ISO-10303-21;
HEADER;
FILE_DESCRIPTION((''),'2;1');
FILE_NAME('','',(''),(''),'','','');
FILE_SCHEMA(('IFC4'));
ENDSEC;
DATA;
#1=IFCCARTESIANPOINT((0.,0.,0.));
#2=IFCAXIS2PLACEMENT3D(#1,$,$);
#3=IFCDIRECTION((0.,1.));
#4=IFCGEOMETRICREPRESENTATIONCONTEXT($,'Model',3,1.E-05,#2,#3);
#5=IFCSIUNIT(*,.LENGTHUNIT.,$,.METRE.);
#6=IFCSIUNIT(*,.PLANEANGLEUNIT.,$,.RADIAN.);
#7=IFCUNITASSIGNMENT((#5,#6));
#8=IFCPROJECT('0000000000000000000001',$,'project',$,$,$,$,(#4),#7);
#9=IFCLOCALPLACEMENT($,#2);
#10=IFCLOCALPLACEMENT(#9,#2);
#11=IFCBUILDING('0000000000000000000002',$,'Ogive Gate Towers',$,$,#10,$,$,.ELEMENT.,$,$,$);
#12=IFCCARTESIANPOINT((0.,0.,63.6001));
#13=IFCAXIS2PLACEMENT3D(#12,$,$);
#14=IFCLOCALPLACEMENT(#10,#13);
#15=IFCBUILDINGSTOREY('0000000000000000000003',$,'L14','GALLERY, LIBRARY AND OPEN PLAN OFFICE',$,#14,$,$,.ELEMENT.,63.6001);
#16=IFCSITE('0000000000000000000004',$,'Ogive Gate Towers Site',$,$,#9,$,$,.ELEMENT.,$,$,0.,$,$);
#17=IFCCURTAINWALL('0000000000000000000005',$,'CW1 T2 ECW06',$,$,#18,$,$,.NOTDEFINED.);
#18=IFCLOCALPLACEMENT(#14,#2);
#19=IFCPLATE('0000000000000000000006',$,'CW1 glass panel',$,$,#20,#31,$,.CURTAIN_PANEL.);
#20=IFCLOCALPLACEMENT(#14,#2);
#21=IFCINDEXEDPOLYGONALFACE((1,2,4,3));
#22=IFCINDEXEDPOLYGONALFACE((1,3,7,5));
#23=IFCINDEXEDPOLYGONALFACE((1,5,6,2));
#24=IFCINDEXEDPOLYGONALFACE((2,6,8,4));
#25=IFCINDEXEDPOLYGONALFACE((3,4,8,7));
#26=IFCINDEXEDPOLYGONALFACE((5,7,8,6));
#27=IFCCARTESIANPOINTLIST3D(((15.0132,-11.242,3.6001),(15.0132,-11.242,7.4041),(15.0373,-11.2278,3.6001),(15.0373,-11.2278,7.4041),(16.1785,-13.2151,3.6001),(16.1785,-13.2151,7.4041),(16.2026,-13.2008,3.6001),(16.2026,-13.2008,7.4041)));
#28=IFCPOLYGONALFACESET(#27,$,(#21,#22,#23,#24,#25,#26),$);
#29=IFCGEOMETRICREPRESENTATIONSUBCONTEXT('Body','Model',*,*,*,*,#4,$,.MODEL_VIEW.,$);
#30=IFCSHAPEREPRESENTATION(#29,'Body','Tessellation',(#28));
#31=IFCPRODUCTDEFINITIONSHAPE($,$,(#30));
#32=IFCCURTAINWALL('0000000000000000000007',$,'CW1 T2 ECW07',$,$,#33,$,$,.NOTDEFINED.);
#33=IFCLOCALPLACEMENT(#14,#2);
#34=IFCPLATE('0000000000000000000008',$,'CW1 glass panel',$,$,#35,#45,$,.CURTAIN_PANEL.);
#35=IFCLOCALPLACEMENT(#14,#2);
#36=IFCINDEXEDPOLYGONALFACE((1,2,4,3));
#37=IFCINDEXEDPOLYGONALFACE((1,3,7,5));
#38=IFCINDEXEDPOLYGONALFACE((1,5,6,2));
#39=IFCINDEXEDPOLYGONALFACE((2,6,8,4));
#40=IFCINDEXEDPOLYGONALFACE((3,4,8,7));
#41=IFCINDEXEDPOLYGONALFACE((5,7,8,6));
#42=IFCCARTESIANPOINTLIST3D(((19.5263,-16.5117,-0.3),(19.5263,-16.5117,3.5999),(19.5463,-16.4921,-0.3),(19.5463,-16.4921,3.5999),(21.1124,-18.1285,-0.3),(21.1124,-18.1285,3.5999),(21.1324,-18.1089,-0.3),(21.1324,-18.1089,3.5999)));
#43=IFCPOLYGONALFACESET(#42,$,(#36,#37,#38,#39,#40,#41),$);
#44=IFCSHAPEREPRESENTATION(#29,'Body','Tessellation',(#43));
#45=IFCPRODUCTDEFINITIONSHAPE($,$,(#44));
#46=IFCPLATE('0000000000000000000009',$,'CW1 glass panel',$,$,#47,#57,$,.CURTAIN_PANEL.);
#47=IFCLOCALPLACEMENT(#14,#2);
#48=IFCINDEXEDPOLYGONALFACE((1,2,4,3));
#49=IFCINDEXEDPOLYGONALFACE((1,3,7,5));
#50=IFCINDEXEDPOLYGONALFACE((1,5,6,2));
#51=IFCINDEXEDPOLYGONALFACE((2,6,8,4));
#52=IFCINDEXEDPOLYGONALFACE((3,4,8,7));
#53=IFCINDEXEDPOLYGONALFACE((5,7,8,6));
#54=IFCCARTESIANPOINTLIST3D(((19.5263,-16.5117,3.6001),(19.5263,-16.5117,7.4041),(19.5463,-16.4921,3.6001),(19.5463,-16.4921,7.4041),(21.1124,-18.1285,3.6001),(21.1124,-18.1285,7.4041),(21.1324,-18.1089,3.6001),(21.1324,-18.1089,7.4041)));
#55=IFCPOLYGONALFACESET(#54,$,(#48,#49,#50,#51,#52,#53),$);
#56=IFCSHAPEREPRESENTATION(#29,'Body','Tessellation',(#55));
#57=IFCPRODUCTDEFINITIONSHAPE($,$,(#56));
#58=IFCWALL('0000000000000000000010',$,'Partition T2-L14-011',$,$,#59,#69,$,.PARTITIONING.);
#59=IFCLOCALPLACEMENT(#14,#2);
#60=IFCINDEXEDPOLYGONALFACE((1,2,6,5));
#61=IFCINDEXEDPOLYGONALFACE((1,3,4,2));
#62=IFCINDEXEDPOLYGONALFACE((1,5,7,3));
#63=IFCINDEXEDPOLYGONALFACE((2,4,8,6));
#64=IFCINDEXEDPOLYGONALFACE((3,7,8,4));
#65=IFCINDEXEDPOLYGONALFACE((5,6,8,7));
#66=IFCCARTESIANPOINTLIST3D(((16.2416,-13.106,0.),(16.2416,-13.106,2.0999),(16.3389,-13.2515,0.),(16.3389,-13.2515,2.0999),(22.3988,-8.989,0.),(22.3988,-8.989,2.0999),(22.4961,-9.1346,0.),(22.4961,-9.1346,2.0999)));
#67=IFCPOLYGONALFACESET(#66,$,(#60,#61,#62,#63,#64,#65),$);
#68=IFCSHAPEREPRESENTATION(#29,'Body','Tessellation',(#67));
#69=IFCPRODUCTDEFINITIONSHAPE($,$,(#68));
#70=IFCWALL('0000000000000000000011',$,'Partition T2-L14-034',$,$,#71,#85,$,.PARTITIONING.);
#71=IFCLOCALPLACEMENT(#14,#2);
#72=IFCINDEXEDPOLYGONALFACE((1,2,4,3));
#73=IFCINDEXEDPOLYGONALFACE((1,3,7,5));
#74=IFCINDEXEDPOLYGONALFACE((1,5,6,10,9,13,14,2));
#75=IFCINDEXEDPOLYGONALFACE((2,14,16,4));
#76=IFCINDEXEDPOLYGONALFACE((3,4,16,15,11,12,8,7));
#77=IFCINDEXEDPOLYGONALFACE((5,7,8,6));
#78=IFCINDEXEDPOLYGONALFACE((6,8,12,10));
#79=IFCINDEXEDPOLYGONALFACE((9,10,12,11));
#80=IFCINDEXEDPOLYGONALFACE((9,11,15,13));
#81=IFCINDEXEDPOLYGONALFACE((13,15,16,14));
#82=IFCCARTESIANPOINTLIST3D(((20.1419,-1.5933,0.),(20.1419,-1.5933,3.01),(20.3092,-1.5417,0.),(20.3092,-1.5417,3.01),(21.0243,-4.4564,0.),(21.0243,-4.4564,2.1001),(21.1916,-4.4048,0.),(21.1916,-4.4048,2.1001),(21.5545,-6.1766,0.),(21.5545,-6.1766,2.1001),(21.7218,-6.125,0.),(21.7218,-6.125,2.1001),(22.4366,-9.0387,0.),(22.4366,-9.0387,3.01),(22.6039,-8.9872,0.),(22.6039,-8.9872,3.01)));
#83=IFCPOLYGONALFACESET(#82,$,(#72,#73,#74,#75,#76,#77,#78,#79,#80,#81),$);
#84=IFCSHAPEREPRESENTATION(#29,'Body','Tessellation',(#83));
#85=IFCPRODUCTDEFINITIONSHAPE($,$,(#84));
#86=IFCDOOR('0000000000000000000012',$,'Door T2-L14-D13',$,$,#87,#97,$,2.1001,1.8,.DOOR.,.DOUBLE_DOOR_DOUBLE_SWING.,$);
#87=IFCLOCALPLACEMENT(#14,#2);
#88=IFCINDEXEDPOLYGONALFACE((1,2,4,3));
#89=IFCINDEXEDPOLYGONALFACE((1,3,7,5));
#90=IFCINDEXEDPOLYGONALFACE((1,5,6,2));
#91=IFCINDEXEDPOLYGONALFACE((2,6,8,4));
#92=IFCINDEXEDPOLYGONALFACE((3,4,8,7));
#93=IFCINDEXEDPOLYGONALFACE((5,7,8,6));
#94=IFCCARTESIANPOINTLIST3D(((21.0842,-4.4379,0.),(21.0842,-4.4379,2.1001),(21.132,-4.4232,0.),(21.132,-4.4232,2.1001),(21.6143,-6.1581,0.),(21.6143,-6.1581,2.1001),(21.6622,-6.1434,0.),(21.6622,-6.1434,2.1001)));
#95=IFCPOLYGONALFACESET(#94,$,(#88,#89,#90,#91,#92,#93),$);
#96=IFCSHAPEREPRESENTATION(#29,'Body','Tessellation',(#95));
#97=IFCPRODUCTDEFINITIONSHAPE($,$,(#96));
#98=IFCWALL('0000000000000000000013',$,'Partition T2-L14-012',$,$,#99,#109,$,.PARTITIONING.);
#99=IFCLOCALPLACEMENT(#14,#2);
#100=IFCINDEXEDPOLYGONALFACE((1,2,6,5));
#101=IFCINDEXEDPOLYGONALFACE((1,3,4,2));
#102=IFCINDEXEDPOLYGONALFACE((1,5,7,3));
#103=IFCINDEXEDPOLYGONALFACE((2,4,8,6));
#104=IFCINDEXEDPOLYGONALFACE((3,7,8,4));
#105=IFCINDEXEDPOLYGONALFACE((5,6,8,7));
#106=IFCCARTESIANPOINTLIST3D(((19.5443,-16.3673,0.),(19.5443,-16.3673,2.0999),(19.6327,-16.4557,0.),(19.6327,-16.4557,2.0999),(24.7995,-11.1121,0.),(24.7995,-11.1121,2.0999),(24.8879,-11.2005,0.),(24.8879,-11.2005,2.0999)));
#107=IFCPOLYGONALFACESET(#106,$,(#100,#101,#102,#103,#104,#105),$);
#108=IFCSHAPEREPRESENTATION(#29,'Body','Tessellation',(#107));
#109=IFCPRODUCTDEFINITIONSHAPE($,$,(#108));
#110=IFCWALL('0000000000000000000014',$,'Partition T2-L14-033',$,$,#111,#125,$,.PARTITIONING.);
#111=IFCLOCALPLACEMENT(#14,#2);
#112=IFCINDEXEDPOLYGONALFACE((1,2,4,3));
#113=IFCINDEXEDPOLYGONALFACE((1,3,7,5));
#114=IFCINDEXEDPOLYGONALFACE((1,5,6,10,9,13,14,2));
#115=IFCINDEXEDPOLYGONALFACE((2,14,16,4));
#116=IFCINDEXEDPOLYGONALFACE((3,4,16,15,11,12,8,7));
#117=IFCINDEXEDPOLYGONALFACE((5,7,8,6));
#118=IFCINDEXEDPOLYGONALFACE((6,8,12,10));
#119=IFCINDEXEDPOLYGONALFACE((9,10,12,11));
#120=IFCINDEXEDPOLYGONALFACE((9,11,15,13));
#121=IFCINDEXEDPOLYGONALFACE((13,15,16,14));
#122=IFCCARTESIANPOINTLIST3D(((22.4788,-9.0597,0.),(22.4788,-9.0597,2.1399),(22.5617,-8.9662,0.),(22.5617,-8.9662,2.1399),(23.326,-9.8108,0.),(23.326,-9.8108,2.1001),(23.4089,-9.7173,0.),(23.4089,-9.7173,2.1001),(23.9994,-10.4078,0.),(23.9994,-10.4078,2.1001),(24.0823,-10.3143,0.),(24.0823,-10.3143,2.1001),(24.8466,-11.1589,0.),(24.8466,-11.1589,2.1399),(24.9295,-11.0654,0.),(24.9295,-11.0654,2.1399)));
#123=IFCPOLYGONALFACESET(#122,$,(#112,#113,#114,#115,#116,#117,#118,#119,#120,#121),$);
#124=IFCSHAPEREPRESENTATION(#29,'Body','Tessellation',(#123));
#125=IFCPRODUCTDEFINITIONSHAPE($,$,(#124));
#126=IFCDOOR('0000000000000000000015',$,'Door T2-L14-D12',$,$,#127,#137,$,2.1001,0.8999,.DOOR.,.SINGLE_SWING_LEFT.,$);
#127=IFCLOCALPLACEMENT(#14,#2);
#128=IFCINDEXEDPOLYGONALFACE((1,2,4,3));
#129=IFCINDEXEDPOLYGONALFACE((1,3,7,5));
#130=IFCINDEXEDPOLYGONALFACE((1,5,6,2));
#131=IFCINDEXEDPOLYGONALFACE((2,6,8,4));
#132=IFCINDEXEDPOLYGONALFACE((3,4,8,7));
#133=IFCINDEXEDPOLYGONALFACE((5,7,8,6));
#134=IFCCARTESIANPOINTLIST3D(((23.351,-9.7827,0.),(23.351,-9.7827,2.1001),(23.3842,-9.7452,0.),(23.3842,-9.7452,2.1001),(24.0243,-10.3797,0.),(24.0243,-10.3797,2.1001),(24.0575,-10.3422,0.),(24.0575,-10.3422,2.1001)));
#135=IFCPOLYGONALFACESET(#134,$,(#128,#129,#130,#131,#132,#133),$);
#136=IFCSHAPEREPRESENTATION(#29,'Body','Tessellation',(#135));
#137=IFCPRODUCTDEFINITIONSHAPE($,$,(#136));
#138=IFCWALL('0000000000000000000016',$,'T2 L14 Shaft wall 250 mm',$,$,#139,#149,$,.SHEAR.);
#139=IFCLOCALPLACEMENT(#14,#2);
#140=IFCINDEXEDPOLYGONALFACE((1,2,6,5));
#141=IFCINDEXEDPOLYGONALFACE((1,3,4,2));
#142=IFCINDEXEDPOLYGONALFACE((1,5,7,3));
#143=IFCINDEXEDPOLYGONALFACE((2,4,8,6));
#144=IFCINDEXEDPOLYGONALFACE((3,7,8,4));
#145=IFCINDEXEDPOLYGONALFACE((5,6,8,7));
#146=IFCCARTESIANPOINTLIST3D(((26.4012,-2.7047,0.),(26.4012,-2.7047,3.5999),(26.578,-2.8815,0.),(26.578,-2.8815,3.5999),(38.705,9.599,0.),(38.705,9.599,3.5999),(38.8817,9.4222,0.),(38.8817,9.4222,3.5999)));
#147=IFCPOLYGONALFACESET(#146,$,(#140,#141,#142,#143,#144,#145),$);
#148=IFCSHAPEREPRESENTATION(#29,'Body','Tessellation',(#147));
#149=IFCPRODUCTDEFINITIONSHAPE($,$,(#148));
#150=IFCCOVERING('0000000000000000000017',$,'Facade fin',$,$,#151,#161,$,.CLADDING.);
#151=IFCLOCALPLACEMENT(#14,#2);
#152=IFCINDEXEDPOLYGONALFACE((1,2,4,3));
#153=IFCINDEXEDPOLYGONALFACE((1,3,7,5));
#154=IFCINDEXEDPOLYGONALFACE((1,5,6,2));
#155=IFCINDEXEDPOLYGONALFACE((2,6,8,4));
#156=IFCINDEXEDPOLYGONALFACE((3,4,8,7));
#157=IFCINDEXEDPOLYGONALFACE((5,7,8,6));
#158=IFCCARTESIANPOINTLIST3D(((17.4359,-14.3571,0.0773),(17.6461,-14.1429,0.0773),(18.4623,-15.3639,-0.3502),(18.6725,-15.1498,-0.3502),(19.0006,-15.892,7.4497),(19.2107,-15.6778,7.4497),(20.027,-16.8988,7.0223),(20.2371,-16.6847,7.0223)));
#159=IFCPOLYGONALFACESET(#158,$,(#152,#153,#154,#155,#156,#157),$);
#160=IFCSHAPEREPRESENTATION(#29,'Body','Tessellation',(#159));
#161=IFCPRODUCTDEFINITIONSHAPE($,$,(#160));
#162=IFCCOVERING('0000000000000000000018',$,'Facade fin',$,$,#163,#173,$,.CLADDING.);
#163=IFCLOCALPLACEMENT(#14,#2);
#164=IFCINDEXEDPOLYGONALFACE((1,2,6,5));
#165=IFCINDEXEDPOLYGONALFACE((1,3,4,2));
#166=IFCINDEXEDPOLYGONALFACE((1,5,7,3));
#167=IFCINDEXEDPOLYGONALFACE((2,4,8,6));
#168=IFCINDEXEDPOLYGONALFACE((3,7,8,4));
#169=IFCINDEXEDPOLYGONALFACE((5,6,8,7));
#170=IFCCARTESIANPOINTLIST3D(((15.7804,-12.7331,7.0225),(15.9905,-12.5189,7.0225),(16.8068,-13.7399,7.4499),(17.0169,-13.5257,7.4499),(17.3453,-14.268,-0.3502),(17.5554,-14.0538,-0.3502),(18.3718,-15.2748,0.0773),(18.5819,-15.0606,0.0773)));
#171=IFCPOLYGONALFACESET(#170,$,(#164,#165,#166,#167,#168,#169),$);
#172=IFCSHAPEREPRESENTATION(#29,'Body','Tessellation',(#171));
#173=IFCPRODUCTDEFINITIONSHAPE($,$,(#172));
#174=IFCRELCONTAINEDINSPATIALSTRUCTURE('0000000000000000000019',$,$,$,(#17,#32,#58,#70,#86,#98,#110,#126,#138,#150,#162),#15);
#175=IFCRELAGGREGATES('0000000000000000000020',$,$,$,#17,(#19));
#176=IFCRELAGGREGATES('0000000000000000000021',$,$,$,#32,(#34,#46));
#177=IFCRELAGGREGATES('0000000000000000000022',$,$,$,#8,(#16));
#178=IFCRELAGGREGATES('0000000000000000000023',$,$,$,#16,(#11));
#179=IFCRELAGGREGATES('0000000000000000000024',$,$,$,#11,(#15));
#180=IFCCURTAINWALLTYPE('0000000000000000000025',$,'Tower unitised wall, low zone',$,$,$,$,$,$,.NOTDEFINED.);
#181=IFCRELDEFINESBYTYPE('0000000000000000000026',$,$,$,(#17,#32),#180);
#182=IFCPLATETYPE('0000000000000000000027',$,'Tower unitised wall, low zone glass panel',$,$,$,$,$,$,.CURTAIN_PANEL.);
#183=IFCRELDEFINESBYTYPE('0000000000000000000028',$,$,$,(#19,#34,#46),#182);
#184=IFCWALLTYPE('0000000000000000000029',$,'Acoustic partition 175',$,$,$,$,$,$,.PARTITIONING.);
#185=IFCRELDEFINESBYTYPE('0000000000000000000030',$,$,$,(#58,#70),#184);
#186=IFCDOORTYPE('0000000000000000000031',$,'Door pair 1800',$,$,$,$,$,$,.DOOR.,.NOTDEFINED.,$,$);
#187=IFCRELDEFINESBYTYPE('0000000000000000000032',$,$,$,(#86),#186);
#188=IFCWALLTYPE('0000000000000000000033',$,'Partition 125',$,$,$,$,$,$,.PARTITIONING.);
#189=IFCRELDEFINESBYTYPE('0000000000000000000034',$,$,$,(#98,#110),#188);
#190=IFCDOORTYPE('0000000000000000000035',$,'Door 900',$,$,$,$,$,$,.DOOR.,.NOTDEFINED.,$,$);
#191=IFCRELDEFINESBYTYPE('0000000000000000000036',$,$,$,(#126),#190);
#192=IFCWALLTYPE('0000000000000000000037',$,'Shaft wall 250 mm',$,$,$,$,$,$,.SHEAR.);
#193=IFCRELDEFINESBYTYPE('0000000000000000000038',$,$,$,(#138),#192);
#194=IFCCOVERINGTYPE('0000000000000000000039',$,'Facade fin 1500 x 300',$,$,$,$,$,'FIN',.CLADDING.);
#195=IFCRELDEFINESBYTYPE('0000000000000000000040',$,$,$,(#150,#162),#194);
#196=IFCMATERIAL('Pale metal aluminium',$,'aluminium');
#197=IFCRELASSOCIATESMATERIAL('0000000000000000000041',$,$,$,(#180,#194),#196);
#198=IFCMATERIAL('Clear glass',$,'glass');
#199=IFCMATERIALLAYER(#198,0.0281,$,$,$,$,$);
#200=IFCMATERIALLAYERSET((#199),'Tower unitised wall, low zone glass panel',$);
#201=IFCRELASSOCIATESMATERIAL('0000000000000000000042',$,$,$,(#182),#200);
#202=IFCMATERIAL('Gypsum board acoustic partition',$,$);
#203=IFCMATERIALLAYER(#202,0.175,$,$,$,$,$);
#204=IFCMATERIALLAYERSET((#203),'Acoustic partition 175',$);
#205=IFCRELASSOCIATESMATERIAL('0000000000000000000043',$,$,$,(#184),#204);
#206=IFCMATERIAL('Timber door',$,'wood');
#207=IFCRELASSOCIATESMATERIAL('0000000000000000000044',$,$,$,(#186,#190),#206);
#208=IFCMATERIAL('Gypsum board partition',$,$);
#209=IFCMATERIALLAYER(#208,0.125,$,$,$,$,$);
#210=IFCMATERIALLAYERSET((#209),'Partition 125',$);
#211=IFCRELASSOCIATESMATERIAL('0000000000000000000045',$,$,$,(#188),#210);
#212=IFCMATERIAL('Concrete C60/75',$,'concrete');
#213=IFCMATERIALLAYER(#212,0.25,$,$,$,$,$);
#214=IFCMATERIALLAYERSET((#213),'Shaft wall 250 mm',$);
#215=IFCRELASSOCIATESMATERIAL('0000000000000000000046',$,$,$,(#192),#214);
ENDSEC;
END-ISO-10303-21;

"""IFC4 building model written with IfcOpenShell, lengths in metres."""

from ifc_helpers import new_model, si_unit, direction, frame, frame_2d, origin, origin_2d, place, context, subcontext, project, spatial, rectangle, extrude, material, layer, layer_set, material_profile, profile_set, type_object, element, fill, aggregate, save


model = new_model("IFC4")

# Units and contexts
model_context = context("Model", 3, precision=1e-05, world=origin(), true_north=direction((0.0, 1.0)))
body_context = subcontext(model_context, "Body", "Model", "MODEL_VIEW")
ifc_project = project(units=[si_unit("LENGTHUNIT", "METRE"), si_unit("PLANEANGLEUNIT", "RADIAN")], contexts=[model_context])

# Site, building, storey
site_placement = place(None, origin())
site = spatial("IfcSite", under=ifc_project, at=site_placement, Name="Ogive Gate Towers Site", CompositionType="ELEMENT", RefElevation=0.0)
building_placement = place(site_placement, origin())
building = spatial("IfcBuilding", under=site, at=building_placement, Name="Ogive Gate Towers", CompositionType="ELEMENT")
storey_placement = place(building_placement, frame((0.0, 0.0, 63.6001)))
storey = spatial("IfcBuildingStorey", under=building, at=storey_placement, Name="L14", Description="GALLERY, LIBRARY AND OPEN PLAN OFFICE", CompositionType="ELEMENT", Elevation=63.6001)

# Curtain wall, plate
ifc_material_1 = material(Name="Pale metal aluminium", Category="aluminium")
curtain_wall_type = type_object("IfcCurtainWallType", Name="Tower unitised wall, low zone", PredefinedType="NOTDEFINED", material=ifc_material_1)
curtain_wall_1_placement = place(storey_placement, origin())
curtain_wall_1 = element("IfcCurtainWall", 1, at=curtain_wall_1_placement, inside=storey, type_object=curtain_wall_type, Name="CW1 T2 ECW06", PredefinedType="NOTDEFINED")
ifc_material_2 = material(Name="Clear glass", Category="glass")
ifc_layer_1 = layer(ifc_material_2, 0.0281)
ifc_layer_set_1 = layer_set([ifc_layer_1], Name="Tower unitised wall, low zone glass panel")
plate_type = type_object("IfcPlateType", Name="Tower unitised wall, low zone glass panel", PredefinedType="CURTAIN_PANEL", material=ifc_layer_set_1)
plate_1_placement = place(storey_placement, frame((15.6079, -12.2214, 3.6001), z_axis=(0.0, 0.0, 1.0), x_axis=(-0.508531, 0.861044, 0.0)))
plate_1 = element("IfcPlate", 2, at=plate_1_placement, type_object=plate_type, Name="CW1 glass panel", PredefinedType="CURTAIN_PANEL", context=body_context, shape_type="SweptSolid", body=[
    extrude(rectangle(XDim=2.2915, YDim=0.0281, at=origin_2d()), origin(), (0.0, 0.0, 1.0), 3.804),
])
aggregate(curtain_wall_1, [plate_1])

# Curtain wall, plates
curtain_wall_2_placement = place(storey_placement, origin())
curtain_wall_2 = element("IfcCurtainWall", 3, at=curtain_wall_2_placement, inside=storey, type_object=curtain_wall_type, Name="CW1 T2 ECW07", PredefinedType="NOTDEFINED")
plate_2_placement = place(storey_placement, frame((20.3293, -17.3103, -0.3), z_axis=(0.0, 0.0, 1.0), x_axis=(-0.700299, 0.71385, 0.0)))
plate_2 = element("IfcPlate", 4, at=plate_2_placement, type_object=plate_type, Name="CW1 glass panel", PredefinedType="CURTAIN_PANEL", context=body_context, shape_type="SweptSolid", body=[
    extrude(rectangle(XDim=2.2649, YDim=0.0281, at=origin_2d()), origin(), (0.0, 0.0, 1.0), 3.8999),
])
plate_3_placement = place(storey_placement, frame((20.3293, -17.3103, 3.6001), z_axis=(0.0, 0.0, 1.0), x_axis=(-0.700299, 0.71385, 0.0)))
plate_3 = element("IfcPlate", 5, at=plate_3_placement, type_object=plate_type, Name="CW1 glass panel", PredefinedType="CURTAIN_PANEL", context=body_context, shape_type="SweptSolid", body=[
    extrude(rectangle(XDim=2.2649, YDim=0.0281, at=origin_2d()), origin(), (0.0, 0.0, 1.0), 3.804),
])
aggregate(curtain_wall_2, [plate_2, plate_3])

# Wall
ifc_material_3 = material(Name="Gypsum board acoustic partition")
ifc_layer_2 = layer(ifc_material_3, 0.175)
ifc_layer_set_2 = layer_set([ifc_layer_2], Name="Acoustic partition 175")
wall_type_1 = type_object("IfcWallType", Name="Acoustic partition 175", PredefinedType="PARTITIONING", material=ifc_layer_set_2)
wall_1_placement = place(storey_placement, frame((16.2903, -13.1787, 0.0), z_axis=(0.0, 0.0, 1.0), x_axis=(0.831294, 0.555833, 0.0)))
element("IfcWall", 6, at=wall_1_placement, inside=storey, type_object=wall_type_1, Name="Partition T2-L14-011", PredefinedType="PARTITIONING", context=body_context, shape_type="SweptSolid", body=[
    extrude(rectangle(XDim=7.4067, YDim=0.175, at=frame_2d((3.7034, 0.0))), origin(), (0.0, 0.0, 1.0), 2.0999),
])

# Wall, opening, door
wall_2_placement = place(storey_placement, frame((22.5203, -9.0129, 0.0), z_axis=(0.0, 0.0, 1.0), x_axis=(-0.294533, 0.955641, 0.0)))
wall_2 = element("IfcWall", 7, at=wall_2_placement, inside=storey, type_object=wall_type_1, Name="Partition T2-L14-034", PredefinedType="PARTITIONING", context=body_context, shape_type="SweptSolid", body=[
    extrude(rectangle(XDim=7.791, YDim=0.175, at=frame_2d((3.8955, 0.0))), origin(), (0.0, 0.0, 1.0), 3.01),
])
opening_1_placement = place(wall_2_placement, frame((2.9951, 0.0, 0.0)))
opening_1 = element("IfcOpeningElement", 8, at=opening_1_placement, cuts=wall_2, PredefinedType="OPENING", context=body_context, shape_type="SweptSolid", body=[
    extrude(rectangle(XDim=1.8, YDim=2.1001, at=frame_2d((0.8999, 1.05))), frame((0.0, 0.0977, 0.0), z_axis=(0.0, -1.0, 0.0), x_axis=(1.0, 0.0, 0.0)), (0.0, 0.0, 1.0), 0.1951),
])
ifc_material_4 = material(Name="Timber door", Category="wood")
door_type_1 = type_object("IfcDoorType", Name="Door pair 1800", OperationType="NOTDEFINED", PredefinedType="DOOR", material=ifc_material_4)
door_1_placement = place(opening_1_placement, origin())
door_1 = element("IfcDoor", 9, at=door_1_placement, inside=storey, type_object=door_type_1, Name="Door T2-L14-D13", OperationType="DOUBLE_DOOR_DOUBLE_SWING", OverallHeight=2.1001, OverallWidth=1.8, PredefinedType="DOOR", context=body_context, shape_type="SweptSolid", body=[
    extrude(rectangle(XDim=1.8, YDim=2.1001, at=frame_2d((0.8999, 1.05))), frame((0.0, 0.0249, 0.0), z_axis=(0.0, -1.0, 0.0), x_axis=(1.0, 0.0, 0.0)), (0.0, 0.0, 1.0), 0.05),
])
fill(opening_1, door_1)

# Wall
ifc_material_5 = material(Name="Gypsum board partition")
ifc_layer_3 = layer(ifc_material_5, 0.125)
ifc_layer_set_3 = layer_set([ifc_layer_3], Name="Partition 125")
wall_type_2 = type_object("IfcWallType", Name="Partition 125", PredefinedType="PARTITIONING", material=ifc_layer_set_3)
wall_3_placement = place(storey_placement, frame((19.5886, -16.4114, 0.0), z_axis=(0.0, 0.0, 1.0), x_axis=(0.707107, 0.707107, 0.0)))
element("IfcWall", 10, at=wall_3_placement, inside=storey, type_object=wall_type_2, Name="Partition T2-L14-012", PredefinedType="PARTITIONING", context=body_context, shape_type="SweptSolid", body=[
    extrude(rectangle(XDim=7.4319, YDim=0.125, at=frame_2d((3.7158, 0.0))), origin(), (0.0, 0.0, 1.0), 2.0999),
])

# Wall, opening, door
wall_4_placement = place(storey_placement, frame((24.8879, -11.1121, 0.0), z_axis=(0.0, 0.0, 1.0), x_axis=(-0.748269, 0.663396, 0.0)))
wall_4 = element("IfcWall", 11, at=wall_4_placement, inside=storey, type_object=wall_type_2, Name="Partition T2-L14-033", PredefinedType="PARTITIONING", context=body_context, shape_type="SweptSolid", body=[
    extrude(rectangle(XDim=3.1643, YDim=0.125, at=frame_2d((1.582, 0.0))), origin(), (0.0, 0.0, 1.0), 2.1399),
])
opening_2_placement = place(wall_4_placement, frame((1.1321, 0.0, 0.0)))
opening_2 = element("IfcOpeningElement", 12, at=opening_2_placement, cuts=wall_4, PredefinedType="OPENING", context=body_context, shape_type="SweptSolid", body=[
    extrude(rectangle(XDim=0.8999, YDim=2.1001, at=frame_2d((0.45, 1.05))), frame((0.0, 0.0725, 0.0), z_axis=(0.0, -1.0, 0.0), x_axis=(1.0, 0.0, 0.0)), (0.0, 0.0, 1.0), 0.145),
])
door_type_2 = type_object("IfcDoorType", Name="Door 900", OperationType="NOTDEFINED", PredefinedType="DOOR", material=ifc_material_4)
door_2_placement = place(opening_2_placement, origin())
door_2 = element("IfcDoor", 13, at=door_2_placement, inside=storey, type_object=door_type_2, Name="Door T2-L14-D12", OperationType="SINGLE_SWING_LEFT", OverallHeight=2.1001, OverallWidth=0.8999, PredefinedType="DOOR", context=body_context, shape_type="SweptSolid", body=[
    extrude(rectangle(XDim=0.8999, YDim=2.1001, at=frame_2d((0.45, 1.05))), frame((0.0, 0.0249, 0.0), z_axis=(0.0, -1.0, 0.0), x_axis=(1.0, 0.0, 0.0)), (0.0, 0.0, 1.0), 0.05),
])
fill(opening_2, door_2)

# Wall
ifc_material_6 = material(Name="Concrete C60/75", Category="concrete")
ifc_layer_4 = layer(ifc_material_6, 0.25)
ifc_layer_set_4 = layer_set([ifc_layer_4], Name="Shaft wall 250 mm")
wall_type_3 = type_object("IfcWallType", Name="Shaft wall 250 mm", PredefinedType="SHEAR", material=ifc_layer_set_4)
wall_5_placement = place(storey_placement, frame((26.4895, -2.7932, 0.0), z_axis=(0.0, 0.0, 1.0), x_axis=(0.707107, 0.707107, 0.0)))
element("IfcWall", 14, at=wall_5_placement, inside=storey, type_object=wall_type_3, Name="T2 L14 Shaft wall 250 mm", PredefinedType="SHEAR", context=body_context, shape_type="SweptSolid", body=[
    extrude(rectangle(XDim=17.4001, YDim=0.25, at=frame_2d((8.7002, 0.0))), origin(), (0.0, 0.0, 1.0), 3.5999),
])

# Coverings
ifc_material_profile_1 = material_profile(ifc_material_1, rectangle(XDim=0.3, YDim=1.5, at=origin_2d()), Name="1500 x 300 pale metal aluminium")
ifc_profile_set_1 = profile_set([ifc_material_profile_1], Name="Pale metal aluminium")
covering_type = type_object("IfcCoveringType", Name="Facade fin 1500 x 300", ElementType="FIN", PredefinedType="CLADDING", material=ifc_profile_set_1)
covering_1_placement = place(storey_placement, frame((18.0542, -14.7534, -0.1365), z_axis=(0.203433, -0.19956, 0.958536), x_axis=(0.70028, 0.713869, 0.0)))
element("IfcCovering", 15, at=covering_1_placement, inside=storey, type_object=covering_type, Name="Facade fin", PredefinedType="CLADDING", context=body_context, shape_type="SweptSolid", body=[
    extrude(rectangle(XDim=0.3, YDim=1.5, at=origin_2d()), origin(), (0.0, 0.0, 1.0), 7.6914),
])
covering_2_placement = place(storey_placement, frame((17.9636, -14.6643, -0.1365), z_axis=(-0.203463, 0.199559, 0.95853), x_axis=(-0.700224, -0.713923, 0.0)))
element("IfcCovering", 16, at=covering_2_placement, inside=storey, type_object=covering_type, Name="Facade fin", PredefinedType="CLADDING", context=body_context, shape_type="SweptSolid", body=[
    extrude(rectangle(XDim=0.3, YDim=1.5, at=origin_2d()), origin(), (0.0, 0.0, 1.0), 7.6917),
])

save(model, "model.ifc")
